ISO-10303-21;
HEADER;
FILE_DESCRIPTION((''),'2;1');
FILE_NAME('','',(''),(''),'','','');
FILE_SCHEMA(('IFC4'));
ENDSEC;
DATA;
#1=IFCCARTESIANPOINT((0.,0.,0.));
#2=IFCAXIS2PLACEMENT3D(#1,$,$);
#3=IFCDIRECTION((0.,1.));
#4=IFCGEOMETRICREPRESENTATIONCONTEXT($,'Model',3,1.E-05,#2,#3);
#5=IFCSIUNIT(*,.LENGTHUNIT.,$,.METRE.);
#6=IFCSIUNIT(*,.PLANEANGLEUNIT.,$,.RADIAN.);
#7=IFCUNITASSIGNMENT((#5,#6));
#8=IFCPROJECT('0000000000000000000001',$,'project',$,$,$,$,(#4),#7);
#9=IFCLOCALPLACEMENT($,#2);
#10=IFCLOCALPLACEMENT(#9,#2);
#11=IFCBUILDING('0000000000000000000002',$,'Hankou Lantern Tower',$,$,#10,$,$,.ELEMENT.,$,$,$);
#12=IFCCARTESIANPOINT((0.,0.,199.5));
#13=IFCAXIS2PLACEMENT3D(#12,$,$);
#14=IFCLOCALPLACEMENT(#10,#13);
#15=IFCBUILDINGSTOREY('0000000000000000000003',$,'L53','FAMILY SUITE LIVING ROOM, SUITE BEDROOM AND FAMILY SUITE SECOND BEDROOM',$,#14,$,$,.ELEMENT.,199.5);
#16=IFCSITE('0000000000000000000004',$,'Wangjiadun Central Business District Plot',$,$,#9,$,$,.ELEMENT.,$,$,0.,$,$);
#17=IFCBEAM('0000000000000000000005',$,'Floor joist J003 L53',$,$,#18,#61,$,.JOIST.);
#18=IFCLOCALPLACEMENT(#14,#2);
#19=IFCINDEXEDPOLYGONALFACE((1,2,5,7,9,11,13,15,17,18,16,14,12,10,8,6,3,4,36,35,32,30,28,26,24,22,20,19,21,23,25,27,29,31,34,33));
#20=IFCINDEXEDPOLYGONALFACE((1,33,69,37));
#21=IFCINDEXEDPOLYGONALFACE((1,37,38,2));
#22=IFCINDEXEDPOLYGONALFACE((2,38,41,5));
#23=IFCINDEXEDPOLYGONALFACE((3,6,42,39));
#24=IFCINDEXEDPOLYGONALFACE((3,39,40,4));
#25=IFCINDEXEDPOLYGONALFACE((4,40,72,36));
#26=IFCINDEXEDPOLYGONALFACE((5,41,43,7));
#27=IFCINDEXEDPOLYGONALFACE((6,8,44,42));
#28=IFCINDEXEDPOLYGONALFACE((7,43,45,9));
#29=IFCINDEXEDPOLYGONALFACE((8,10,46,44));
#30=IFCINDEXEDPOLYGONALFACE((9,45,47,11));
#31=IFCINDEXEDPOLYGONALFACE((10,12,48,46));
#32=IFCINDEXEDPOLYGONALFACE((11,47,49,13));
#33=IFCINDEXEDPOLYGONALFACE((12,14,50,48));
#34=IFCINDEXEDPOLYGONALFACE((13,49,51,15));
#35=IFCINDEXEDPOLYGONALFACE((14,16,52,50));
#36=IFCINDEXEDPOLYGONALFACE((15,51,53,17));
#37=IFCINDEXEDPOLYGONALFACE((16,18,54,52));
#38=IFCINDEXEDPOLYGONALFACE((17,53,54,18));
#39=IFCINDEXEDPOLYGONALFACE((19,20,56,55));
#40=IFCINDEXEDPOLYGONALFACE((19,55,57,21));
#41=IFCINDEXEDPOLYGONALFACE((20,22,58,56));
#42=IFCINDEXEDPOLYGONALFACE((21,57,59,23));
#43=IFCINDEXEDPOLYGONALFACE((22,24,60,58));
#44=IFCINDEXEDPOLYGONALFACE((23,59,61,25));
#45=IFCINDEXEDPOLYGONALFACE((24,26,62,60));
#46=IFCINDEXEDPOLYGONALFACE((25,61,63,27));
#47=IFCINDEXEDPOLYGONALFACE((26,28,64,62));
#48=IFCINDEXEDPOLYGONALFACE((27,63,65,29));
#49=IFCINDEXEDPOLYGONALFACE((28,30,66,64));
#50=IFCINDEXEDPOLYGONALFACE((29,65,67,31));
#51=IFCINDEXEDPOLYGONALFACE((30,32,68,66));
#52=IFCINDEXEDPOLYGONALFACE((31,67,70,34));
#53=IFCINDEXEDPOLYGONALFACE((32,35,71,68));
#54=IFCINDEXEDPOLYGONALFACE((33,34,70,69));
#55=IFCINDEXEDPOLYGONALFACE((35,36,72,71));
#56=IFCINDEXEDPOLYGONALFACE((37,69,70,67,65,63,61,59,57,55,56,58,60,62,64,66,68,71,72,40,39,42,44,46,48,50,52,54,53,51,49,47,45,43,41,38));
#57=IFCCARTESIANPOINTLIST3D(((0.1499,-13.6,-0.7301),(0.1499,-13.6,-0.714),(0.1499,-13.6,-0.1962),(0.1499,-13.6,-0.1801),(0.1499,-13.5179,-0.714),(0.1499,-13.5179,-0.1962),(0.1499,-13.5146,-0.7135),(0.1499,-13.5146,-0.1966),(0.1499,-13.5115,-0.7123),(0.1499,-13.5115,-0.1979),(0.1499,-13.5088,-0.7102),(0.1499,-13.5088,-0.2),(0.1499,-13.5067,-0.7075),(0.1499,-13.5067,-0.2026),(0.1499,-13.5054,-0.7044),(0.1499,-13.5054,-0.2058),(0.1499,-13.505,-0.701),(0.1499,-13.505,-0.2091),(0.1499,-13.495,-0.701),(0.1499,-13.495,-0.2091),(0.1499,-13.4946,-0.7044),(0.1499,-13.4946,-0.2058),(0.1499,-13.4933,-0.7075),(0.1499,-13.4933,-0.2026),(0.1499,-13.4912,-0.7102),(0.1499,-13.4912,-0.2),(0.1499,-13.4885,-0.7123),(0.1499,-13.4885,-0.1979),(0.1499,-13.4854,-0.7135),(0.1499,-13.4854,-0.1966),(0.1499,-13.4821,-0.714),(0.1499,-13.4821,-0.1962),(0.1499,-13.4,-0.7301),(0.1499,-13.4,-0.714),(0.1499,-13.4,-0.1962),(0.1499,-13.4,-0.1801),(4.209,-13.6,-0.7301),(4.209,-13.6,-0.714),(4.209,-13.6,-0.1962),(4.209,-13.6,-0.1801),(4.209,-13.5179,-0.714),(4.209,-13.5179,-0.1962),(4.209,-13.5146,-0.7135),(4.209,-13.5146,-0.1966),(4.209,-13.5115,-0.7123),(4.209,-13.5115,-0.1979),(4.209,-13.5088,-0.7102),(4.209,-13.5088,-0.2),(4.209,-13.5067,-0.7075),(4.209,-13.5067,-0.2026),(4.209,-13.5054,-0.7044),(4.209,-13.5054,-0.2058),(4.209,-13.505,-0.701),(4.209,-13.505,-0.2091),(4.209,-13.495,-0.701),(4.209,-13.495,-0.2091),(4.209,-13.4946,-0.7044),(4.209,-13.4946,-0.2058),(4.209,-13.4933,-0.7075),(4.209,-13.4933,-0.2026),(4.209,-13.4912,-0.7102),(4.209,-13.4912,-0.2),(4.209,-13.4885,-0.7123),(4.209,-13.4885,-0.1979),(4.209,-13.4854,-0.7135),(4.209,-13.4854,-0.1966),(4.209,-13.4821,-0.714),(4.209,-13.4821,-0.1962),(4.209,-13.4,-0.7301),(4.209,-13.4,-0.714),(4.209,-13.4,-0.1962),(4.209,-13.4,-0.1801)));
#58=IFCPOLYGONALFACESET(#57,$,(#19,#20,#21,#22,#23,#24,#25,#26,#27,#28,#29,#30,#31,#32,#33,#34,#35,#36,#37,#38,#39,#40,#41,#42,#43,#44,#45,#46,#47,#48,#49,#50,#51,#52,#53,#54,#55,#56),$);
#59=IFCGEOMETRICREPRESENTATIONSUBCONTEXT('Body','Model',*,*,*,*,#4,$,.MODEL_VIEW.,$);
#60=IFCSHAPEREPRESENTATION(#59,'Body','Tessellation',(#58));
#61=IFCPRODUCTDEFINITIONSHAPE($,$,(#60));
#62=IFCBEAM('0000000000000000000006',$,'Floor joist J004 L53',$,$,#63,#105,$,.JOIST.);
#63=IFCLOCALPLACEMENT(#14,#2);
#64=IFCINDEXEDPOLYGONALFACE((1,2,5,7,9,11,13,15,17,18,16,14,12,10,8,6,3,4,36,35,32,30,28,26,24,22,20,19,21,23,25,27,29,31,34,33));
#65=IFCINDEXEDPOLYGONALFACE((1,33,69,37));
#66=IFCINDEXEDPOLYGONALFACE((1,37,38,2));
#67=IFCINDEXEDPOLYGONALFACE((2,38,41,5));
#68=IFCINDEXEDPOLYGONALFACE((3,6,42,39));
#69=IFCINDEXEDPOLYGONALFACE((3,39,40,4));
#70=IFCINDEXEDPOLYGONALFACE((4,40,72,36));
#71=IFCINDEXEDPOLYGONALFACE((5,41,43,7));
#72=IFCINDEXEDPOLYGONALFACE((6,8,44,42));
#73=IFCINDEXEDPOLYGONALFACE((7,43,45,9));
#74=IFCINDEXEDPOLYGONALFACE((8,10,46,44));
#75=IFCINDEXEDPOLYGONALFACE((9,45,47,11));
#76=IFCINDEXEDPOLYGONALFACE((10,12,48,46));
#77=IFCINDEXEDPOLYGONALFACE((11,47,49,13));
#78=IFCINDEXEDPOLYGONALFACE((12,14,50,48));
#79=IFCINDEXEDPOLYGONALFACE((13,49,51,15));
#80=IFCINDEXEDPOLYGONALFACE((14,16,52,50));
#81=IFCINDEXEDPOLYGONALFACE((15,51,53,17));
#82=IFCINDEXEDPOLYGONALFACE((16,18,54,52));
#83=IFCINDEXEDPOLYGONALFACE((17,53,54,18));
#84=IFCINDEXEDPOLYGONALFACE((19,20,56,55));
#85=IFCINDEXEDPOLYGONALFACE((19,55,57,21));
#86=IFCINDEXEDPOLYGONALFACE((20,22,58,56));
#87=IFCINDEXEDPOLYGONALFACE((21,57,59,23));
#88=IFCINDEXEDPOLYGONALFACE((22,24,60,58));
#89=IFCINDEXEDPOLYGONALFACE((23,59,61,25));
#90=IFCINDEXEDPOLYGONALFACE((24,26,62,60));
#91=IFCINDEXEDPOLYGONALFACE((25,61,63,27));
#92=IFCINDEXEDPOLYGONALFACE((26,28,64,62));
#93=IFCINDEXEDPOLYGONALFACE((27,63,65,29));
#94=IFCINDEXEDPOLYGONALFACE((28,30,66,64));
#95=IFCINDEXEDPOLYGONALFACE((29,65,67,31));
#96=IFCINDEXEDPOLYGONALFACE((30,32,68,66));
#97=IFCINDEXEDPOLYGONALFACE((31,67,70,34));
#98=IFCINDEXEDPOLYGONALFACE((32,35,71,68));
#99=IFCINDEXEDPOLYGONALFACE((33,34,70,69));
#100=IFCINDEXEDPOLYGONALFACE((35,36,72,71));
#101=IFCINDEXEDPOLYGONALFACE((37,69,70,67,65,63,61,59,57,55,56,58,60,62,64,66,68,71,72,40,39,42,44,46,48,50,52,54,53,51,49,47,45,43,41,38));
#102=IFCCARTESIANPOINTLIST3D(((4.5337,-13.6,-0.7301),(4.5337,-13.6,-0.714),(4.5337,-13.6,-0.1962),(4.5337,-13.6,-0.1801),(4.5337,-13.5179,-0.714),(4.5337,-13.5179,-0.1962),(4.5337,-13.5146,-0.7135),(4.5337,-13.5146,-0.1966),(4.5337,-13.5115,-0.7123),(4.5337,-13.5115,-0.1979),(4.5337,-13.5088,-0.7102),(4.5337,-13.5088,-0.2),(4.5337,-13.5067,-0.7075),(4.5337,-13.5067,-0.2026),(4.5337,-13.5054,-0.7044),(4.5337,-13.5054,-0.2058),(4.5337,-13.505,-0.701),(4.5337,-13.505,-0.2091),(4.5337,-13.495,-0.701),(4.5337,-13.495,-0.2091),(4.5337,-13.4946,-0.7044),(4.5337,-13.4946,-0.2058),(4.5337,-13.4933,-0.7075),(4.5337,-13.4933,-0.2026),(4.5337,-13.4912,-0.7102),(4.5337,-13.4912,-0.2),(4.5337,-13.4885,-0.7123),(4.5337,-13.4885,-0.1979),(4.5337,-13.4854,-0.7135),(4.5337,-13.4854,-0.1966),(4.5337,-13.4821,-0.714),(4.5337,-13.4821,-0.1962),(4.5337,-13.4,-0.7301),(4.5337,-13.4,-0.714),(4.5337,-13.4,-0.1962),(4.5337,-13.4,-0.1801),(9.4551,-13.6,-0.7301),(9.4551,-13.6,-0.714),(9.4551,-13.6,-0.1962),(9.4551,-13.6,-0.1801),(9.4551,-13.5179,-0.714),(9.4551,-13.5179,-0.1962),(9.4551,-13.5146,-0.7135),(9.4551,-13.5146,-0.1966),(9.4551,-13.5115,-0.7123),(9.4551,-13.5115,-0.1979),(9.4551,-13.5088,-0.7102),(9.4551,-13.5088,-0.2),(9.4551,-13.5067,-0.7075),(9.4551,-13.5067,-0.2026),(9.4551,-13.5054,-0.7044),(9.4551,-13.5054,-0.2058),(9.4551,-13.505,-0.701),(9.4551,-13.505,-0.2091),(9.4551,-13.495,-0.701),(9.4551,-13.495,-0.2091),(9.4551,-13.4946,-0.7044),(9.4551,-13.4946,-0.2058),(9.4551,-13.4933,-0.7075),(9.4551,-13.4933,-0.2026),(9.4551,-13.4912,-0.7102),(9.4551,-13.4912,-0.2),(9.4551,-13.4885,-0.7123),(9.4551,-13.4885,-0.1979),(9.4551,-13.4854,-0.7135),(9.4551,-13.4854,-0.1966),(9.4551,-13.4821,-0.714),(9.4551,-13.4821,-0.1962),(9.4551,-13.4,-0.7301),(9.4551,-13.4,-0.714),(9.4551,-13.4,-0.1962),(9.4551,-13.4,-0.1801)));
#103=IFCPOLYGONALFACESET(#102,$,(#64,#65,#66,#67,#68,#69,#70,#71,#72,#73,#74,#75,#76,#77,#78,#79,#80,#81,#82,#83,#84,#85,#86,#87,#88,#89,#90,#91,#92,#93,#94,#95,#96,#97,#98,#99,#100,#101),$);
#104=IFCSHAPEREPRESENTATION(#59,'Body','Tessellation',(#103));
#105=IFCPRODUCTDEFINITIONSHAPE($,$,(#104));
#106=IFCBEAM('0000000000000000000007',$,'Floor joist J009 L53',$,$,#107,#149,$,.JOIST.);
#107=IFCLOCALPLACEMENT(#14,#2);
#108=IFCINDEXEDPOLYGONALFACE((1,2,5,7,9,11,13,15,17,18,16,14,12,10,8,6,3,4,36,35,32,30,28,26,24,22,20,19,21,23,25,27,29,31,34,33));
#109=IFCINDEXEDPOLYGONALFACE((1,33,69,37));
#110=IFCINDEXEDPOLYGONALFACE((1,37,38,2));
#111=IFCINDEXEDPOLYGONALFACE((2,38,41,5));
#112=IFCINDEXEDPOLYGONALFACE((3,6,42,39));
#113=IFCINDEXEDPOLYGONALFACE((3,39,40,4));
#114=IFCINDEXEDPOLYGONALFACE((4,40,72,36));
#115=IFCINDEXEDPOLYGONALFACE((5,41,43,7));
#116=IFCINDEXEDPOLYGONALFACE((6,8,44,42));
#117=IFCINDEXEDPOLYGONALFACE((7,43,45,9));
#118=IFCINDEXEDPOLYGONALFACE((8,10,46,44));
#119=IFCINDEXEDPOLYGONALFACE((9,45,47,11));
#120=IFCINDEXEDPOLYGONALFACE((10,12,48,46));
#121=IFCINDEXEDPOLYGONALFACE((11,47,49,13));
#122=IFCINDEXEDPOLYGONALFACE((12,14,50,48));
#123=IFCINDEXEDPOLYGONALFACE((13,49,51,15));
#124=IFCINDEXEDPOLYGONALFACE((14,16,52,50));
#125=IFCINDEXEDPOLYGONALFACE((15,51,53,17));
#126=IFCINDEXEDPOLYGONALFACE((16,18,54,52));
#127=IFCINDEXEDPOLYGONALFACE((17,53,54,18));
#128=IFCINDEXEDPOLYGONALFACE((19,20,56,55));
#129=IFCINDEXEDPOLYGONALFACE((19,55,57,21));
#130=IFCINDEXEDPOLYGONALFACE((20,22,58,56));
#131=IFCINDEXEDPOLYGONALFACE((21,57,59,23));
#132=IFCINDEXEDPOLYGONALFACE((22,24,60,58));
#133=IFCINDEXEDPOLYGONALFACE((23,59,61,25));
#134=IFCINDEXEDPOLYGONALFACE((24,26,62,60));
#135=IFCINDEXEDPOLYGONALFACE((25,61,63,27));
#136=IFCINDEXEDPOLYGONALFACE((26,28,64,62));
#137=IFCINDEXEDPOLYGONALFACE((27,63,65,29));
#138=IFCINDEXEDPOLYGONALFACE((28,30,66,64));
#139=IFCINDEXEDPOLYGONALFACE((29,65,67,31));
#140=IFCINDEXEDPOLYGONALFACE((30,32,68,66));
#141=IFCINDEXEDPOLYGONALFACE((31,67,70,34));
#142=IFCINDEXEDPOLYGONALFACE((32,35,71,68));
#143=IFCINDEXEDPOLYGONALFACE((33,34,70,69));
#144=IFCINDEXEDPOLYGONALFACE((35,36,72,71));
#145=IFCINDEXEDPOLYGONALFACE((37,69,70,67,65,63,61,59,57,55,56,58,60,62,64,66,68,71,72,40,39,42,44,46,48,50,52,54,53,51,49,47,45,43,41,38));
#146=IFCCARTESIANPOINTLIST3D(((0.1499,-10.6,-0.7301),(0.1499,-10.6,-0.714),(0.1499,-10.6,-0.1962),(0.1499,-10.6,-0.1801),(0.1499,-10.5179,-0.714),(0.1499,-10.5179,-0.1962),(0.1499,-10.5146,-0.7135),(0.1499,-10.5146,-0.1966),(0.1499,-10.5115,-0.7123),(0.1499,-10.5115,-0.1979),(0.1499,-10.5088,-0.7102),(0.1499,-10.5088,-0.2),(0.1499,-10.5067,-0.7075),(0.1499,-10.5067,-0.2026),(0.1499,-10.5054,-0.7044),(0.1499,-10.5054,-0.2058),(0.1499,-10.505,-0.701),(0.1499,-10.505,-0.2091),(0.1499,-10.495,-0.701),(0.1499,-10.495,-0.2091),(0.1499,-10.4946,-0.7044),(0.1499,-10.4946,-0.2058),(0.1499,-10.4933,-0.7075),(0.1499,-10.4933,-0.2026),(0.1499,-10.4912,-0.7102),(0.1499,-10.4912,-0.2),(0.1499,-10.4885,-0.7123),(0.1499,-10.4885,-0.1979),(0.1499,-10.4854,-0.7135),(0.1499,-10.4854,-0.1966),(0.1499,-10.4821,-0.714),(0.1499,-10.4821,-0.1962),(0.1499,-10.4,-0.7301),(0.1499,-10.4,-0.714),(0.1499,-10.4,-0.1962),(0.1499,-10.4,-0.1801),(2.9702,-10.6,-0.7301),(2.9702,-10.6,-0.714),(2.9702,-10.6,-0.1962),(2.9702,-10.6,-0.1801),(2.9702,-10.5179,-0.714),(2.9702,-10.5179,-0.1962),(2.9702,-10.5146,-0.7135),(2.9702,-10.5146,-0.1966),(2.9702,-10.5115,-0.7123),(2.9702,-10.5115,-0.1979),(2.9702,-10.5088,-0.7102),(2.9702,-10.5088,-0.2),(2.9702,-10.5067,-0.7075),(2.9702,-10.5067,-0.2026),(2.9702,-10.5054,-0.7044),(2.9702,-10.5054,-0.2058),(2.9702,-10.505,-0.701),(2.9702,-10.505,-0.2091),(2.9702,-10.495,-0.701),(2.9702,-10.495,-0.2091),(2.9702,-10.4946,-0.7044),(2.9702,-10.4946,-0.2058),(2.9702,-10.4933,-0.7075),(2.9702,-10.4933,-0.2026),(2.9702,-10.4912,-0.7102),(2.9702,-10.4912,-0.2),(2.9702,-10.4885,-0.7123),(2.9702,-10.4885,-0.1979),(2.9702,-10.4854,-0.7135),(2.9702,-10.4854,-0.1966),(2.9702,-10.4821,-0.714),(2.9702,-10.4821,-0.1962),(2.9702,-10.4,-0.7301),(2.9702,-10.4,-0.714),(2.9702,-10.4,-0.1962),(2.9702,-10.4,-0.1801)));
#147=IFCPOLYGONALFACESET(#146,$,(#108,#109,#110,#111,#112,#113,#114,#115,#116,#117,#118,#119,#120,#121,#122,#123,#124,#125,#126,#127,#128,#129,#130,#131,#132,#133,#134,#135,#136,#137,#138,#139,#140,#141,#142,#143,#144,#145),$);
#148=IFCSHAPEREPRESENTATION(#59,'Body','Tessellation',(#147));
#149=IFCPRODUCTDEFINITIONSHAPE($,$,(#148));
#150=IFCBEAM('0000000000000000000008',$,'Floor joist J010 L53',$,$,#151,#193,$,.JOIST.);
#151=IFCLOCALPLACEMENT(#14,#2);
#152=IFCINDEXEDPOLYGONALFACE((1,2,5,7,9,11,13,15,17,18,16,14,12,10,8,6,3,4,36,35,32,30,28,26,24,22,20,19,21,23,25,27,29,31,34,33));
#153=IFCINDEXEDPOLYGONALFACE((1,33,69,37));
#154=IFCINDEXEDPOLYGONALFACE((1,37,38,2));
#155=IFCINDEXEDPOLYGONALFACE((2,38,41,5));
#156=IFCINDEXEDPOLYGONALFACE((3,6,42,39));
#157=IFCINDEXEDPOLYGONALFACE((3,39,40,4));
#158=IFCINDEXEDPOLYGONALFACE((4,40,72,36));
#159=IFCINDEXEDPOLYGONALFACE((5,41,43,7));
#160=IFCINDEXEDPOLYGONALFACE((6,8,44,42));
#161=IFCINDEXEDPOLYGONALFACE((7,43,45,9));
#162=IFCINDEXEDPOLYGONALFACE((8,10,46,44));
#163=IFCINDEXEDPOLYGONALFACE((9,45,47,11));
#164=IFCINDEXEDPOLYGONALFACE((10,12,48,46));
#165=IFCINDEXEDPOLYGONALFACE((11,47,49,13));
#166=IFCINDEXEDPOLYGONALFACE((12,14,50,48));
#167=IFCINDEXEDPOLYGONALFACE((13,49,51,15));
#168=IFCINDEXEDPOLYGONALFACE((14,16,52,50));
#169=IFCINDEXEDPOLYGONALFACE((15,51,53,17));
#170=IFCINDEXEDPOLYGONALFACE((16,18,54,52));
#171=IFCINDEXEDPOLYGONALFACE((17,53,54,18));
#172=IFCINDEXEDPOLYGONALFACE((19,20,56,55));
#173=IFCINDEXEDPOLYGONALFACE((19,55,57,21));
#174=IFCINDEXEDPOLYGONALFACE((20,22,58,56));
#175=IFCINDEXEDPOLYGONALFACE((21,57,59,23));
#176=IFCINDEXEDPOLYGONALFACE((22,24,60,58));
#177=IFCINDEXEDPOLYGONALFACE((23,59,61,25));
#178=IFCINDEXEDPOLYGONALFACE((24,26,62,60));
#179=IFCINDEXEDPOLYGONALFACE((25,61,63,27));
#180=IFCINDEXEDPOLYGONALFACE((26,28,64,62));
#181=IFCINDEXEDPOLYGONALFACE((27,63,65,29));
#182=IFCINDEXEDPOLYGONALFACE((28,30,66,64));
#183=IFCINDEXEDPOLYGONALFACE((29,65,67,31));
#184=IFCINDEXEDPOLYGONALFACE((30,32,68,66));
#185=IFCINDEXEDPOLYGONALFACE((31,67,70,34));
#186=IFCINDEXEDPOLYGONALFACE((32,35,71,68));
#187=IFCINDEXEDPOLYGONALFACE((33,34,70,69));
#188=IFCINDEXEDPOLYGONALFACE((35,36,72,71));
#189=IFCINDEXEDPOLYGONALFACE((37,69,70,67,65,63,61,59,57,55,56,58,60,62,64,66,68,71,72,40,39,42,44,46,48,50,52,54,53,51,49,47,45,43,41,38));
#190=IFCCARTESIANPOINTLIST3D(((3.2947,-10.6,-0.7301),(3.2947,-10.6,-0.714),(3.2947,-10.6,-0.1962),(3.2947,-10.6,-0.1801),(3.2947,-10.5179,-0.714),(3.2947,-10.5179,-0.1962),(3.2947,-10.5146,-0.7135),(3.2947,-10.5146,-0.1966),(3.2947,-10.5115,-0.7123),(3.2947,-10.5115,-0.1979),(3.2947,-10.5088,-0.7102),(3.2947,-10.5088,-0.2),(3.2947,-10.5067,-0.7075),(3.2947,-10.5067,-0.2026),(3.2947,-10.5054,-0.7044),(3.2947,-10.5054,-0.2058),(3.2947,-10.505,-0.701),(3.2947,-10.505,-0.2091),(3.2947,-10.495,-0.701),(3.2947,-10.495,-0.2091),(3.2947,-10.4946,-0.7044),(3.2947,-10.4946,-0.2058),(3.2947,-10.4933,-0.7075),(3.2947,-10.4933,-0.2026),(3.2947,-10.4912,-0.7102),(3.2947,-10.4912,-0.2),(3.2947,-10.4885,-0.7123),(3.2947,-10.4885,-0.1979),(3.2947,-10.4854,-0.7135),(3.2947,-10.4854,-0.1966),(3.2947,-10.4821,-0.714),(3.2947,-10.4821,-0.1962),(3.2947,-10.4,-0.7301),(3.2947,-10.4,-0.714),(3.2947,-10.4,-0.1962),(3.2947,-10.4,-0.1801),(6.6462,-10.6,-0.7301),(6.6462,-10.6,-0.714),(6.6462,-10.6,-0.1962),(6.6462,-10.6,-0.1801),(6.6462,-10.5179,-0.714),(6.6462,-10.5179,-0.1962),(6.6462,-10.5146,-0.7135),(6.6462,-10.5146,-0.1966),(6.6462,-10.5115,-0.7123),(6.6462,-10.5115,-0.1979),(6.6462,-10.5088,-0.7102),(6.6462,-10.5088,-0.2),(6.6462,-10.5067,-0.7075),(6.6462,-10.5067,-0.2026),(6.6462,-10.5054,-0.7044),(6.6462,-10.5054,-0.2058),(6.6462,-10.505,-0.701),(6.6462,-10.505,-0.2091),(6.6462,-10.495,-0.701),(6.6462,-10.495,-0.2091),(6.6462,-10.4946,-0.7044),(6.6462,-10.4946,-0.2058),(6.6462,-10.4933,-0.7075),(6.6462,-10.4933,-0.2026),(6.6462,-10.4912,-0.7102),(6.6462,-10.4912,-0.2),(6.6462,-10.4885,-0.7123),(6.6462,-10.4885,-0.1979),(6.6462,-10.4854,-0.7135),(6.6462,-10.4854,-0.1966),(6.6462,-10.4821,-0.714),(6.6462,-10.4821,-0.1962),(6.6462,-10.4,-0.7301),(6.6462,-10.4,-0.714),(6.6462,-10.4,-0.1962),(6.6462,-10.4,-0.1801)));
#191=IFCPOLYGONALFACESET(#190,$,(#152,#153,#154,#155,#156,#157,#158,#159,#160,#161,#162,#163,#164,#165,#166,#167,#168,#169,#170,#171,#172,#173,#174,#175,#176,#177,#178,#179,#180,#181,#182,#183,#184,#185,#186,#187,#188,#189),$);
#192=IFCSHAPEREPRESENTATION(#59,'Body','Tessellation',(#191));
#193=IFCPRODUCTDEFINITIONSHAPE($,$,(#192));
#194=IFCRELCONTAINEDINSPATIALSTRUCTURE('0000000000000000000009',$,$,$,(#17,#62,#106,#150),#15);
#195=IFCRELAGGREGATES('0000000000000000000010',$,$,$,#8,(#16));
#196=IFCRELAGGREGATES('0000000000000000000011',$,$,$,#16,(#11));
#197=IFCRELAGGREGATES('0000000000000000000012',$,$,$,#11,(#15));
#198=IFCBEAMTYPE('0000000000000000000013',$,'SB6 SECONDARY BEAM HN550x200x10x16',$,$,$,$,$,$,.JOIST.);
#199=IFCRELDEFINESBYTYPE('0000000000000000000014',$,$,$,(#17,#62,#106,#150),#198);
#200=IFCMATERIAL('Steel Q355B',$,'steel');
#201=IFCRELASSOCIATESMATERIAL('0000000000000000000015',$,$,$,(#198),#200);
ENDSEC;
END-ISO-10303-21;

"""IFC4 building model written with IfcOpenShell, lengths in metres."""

from ifc_helpers import new_model, si_unit, direction, frame, origin, origin_2d, place, context, subcontext, project, spatial, i_section, extrude, material, material_profile, profile_set, type_object, element, save


model = new_model("IFC4")

# Units and contexts
model_context = context("Model", 3, precision=1e-05, world=origin(), true_north=direction((0.0, 1.0)))
body_context = subcontext(model_context, "Body", "Model", "MODEL_VIEW")
ifc_project = project(units=[si_unit("LENGTHUNIT", "METRE"), si_unit("PLANEANGLEUNIT", "RADIAN")], contexts=[model_context])

# Site, building, storey
site_placement = place(None, origin())
site = spatial("IfcSite", under=ifc_project, at=site_placement, Name="Wangjiadun Central Business District Plot", CompositionType="ELEMENT", RefElevation=0.0)
building_placement = place(site_placement, origin())
building = spatial("IfcBuilding", under=site, at=building_placement, Name="Hankou Lantern Tower", CompositionType="ELEMENT")
storey_placement = place(building_placement, frame((0.0, 0.0, 199.5)))
storey = spatial("IfcBuildingStorey", under=building, at=storey_placement, Name="L53", Description="FAMILY SUITE LIVING ROOM, SUITE BEDROOM AND FAMILY SUITE SECOND BEDROOM", CompositionType="ELEMENT", Elevation=199.5)

# Beams
ifc_material_1 = material(Name="Steel Q355B", Category="steel")
ifc_material_profile_1 = material_profile(ifc_material_1, i_section(OverallWidth=0.2, OverallDepth=0.55, WebThickness=0.01, FlangeThickness=0.0161, FilletRadius=0.0129, at=origin_2d()), Name="HN550x200x10x16")
ifc_profile_set_1 = profile_set([ifc_material_profile_1], Name="Steel Q355B")
beam_type_1 = type_object("IfcBeamType", Name="SB6 SECONDARY BEAM HN550x200x10x16", PredefinedType="JOIST", material=ifc_profile_set_1)
beam_1_placement = place(storey_placement, frame((0.1499, -13.5, -0.4551), z_axis=(1.0, 0.0, 0.0), x_axis=(0.0, 1.0, 0.0)))
element("IfcBeam", 1, at=beam_1_placement, inside=storey, type_object=beam_type_1, Name="Floor joist J003 L53", PredefinedType="JOIST", context=body_context, shape_type="SweptSolid", body=[
    extrude(i_section(OverallWidth=0.2, OverallDepth=0.55, WebThickness=0.01, FlangeThickness=0.0161, FilletRadius=0.0129, at=origin_2d()), origin(), (0.0, 0.0, 1.0), 4.0591),
])
beam_2_placement = place(storey_placement, frame((4.5337, -13.5, -0.4551), z_axis=(1.0, 0.0, 0.0), x_axis=(0.0, 1.0, 0.0)))
element("IfcBeam", 2, at=beam_2_placement, inside=storey, type_object=beam_type_1, Name="Floor joist J004 L53", PredefinedType="JOIST", context=body_context, shape_type="SweptSolid", body=[
    extrude(i_section(OverallWidth=0.2, OverallDepth=0.55, WebThickness=0.01, FlangeThickness=0.0161, FilletRadius=0.0129, at=origin_2d()), origin(), (0.0, 0.0, 1.0), 4.9214),
])
beam_3_placement = place(storey_placement, frame((0.1499, -10.5, -0.4551), z_axis=(1.0, 0.0, 0.0), x_axis=(0.0, 1.0, 0.0)))
element("IfcBeam", 3, at=beam_3_placement, inside=storey, type_object=beam_type_1, Name="Floor joist J009 L53", PredefinedType="JOIST", context=body_context, shape_type="SweptSolid", body=[
    extrude(i_section(OverallWidth=0.2, OverallDepth=0.55, WebThickness=0.01, FlangeThickness=0.0161, FilletRadius=0.0129, at=origin_2d()), origin(), (0.0, 0.0, 1.0), 2.8203),
])
beam_4_placement = place(storey_placement, frame((3.2947, -10.5, -0.4551), z_axis=(1.0, 0.0, 0.0), x_axis=(0.0, 1.0, 0.0)))
element("IfcBeam", 4, at=beam_4_placement, inside=storey, type_object=beam_type_1, Name="Floor joist J010 L53", PredefinedType="JOIST", context=body_context, shape_type="SweptSolid", body=[
    extrude(i_section(OverallWidth=0.2, OverallDepth=0.55, WebThickness=0.01, FlangeThickness=0.0161, FilletRadius=0.0129, at=origin_2d()), origin(), (0.0, 0.0, 1.0), 3.3516),
])

save(model, "model.ifc")
